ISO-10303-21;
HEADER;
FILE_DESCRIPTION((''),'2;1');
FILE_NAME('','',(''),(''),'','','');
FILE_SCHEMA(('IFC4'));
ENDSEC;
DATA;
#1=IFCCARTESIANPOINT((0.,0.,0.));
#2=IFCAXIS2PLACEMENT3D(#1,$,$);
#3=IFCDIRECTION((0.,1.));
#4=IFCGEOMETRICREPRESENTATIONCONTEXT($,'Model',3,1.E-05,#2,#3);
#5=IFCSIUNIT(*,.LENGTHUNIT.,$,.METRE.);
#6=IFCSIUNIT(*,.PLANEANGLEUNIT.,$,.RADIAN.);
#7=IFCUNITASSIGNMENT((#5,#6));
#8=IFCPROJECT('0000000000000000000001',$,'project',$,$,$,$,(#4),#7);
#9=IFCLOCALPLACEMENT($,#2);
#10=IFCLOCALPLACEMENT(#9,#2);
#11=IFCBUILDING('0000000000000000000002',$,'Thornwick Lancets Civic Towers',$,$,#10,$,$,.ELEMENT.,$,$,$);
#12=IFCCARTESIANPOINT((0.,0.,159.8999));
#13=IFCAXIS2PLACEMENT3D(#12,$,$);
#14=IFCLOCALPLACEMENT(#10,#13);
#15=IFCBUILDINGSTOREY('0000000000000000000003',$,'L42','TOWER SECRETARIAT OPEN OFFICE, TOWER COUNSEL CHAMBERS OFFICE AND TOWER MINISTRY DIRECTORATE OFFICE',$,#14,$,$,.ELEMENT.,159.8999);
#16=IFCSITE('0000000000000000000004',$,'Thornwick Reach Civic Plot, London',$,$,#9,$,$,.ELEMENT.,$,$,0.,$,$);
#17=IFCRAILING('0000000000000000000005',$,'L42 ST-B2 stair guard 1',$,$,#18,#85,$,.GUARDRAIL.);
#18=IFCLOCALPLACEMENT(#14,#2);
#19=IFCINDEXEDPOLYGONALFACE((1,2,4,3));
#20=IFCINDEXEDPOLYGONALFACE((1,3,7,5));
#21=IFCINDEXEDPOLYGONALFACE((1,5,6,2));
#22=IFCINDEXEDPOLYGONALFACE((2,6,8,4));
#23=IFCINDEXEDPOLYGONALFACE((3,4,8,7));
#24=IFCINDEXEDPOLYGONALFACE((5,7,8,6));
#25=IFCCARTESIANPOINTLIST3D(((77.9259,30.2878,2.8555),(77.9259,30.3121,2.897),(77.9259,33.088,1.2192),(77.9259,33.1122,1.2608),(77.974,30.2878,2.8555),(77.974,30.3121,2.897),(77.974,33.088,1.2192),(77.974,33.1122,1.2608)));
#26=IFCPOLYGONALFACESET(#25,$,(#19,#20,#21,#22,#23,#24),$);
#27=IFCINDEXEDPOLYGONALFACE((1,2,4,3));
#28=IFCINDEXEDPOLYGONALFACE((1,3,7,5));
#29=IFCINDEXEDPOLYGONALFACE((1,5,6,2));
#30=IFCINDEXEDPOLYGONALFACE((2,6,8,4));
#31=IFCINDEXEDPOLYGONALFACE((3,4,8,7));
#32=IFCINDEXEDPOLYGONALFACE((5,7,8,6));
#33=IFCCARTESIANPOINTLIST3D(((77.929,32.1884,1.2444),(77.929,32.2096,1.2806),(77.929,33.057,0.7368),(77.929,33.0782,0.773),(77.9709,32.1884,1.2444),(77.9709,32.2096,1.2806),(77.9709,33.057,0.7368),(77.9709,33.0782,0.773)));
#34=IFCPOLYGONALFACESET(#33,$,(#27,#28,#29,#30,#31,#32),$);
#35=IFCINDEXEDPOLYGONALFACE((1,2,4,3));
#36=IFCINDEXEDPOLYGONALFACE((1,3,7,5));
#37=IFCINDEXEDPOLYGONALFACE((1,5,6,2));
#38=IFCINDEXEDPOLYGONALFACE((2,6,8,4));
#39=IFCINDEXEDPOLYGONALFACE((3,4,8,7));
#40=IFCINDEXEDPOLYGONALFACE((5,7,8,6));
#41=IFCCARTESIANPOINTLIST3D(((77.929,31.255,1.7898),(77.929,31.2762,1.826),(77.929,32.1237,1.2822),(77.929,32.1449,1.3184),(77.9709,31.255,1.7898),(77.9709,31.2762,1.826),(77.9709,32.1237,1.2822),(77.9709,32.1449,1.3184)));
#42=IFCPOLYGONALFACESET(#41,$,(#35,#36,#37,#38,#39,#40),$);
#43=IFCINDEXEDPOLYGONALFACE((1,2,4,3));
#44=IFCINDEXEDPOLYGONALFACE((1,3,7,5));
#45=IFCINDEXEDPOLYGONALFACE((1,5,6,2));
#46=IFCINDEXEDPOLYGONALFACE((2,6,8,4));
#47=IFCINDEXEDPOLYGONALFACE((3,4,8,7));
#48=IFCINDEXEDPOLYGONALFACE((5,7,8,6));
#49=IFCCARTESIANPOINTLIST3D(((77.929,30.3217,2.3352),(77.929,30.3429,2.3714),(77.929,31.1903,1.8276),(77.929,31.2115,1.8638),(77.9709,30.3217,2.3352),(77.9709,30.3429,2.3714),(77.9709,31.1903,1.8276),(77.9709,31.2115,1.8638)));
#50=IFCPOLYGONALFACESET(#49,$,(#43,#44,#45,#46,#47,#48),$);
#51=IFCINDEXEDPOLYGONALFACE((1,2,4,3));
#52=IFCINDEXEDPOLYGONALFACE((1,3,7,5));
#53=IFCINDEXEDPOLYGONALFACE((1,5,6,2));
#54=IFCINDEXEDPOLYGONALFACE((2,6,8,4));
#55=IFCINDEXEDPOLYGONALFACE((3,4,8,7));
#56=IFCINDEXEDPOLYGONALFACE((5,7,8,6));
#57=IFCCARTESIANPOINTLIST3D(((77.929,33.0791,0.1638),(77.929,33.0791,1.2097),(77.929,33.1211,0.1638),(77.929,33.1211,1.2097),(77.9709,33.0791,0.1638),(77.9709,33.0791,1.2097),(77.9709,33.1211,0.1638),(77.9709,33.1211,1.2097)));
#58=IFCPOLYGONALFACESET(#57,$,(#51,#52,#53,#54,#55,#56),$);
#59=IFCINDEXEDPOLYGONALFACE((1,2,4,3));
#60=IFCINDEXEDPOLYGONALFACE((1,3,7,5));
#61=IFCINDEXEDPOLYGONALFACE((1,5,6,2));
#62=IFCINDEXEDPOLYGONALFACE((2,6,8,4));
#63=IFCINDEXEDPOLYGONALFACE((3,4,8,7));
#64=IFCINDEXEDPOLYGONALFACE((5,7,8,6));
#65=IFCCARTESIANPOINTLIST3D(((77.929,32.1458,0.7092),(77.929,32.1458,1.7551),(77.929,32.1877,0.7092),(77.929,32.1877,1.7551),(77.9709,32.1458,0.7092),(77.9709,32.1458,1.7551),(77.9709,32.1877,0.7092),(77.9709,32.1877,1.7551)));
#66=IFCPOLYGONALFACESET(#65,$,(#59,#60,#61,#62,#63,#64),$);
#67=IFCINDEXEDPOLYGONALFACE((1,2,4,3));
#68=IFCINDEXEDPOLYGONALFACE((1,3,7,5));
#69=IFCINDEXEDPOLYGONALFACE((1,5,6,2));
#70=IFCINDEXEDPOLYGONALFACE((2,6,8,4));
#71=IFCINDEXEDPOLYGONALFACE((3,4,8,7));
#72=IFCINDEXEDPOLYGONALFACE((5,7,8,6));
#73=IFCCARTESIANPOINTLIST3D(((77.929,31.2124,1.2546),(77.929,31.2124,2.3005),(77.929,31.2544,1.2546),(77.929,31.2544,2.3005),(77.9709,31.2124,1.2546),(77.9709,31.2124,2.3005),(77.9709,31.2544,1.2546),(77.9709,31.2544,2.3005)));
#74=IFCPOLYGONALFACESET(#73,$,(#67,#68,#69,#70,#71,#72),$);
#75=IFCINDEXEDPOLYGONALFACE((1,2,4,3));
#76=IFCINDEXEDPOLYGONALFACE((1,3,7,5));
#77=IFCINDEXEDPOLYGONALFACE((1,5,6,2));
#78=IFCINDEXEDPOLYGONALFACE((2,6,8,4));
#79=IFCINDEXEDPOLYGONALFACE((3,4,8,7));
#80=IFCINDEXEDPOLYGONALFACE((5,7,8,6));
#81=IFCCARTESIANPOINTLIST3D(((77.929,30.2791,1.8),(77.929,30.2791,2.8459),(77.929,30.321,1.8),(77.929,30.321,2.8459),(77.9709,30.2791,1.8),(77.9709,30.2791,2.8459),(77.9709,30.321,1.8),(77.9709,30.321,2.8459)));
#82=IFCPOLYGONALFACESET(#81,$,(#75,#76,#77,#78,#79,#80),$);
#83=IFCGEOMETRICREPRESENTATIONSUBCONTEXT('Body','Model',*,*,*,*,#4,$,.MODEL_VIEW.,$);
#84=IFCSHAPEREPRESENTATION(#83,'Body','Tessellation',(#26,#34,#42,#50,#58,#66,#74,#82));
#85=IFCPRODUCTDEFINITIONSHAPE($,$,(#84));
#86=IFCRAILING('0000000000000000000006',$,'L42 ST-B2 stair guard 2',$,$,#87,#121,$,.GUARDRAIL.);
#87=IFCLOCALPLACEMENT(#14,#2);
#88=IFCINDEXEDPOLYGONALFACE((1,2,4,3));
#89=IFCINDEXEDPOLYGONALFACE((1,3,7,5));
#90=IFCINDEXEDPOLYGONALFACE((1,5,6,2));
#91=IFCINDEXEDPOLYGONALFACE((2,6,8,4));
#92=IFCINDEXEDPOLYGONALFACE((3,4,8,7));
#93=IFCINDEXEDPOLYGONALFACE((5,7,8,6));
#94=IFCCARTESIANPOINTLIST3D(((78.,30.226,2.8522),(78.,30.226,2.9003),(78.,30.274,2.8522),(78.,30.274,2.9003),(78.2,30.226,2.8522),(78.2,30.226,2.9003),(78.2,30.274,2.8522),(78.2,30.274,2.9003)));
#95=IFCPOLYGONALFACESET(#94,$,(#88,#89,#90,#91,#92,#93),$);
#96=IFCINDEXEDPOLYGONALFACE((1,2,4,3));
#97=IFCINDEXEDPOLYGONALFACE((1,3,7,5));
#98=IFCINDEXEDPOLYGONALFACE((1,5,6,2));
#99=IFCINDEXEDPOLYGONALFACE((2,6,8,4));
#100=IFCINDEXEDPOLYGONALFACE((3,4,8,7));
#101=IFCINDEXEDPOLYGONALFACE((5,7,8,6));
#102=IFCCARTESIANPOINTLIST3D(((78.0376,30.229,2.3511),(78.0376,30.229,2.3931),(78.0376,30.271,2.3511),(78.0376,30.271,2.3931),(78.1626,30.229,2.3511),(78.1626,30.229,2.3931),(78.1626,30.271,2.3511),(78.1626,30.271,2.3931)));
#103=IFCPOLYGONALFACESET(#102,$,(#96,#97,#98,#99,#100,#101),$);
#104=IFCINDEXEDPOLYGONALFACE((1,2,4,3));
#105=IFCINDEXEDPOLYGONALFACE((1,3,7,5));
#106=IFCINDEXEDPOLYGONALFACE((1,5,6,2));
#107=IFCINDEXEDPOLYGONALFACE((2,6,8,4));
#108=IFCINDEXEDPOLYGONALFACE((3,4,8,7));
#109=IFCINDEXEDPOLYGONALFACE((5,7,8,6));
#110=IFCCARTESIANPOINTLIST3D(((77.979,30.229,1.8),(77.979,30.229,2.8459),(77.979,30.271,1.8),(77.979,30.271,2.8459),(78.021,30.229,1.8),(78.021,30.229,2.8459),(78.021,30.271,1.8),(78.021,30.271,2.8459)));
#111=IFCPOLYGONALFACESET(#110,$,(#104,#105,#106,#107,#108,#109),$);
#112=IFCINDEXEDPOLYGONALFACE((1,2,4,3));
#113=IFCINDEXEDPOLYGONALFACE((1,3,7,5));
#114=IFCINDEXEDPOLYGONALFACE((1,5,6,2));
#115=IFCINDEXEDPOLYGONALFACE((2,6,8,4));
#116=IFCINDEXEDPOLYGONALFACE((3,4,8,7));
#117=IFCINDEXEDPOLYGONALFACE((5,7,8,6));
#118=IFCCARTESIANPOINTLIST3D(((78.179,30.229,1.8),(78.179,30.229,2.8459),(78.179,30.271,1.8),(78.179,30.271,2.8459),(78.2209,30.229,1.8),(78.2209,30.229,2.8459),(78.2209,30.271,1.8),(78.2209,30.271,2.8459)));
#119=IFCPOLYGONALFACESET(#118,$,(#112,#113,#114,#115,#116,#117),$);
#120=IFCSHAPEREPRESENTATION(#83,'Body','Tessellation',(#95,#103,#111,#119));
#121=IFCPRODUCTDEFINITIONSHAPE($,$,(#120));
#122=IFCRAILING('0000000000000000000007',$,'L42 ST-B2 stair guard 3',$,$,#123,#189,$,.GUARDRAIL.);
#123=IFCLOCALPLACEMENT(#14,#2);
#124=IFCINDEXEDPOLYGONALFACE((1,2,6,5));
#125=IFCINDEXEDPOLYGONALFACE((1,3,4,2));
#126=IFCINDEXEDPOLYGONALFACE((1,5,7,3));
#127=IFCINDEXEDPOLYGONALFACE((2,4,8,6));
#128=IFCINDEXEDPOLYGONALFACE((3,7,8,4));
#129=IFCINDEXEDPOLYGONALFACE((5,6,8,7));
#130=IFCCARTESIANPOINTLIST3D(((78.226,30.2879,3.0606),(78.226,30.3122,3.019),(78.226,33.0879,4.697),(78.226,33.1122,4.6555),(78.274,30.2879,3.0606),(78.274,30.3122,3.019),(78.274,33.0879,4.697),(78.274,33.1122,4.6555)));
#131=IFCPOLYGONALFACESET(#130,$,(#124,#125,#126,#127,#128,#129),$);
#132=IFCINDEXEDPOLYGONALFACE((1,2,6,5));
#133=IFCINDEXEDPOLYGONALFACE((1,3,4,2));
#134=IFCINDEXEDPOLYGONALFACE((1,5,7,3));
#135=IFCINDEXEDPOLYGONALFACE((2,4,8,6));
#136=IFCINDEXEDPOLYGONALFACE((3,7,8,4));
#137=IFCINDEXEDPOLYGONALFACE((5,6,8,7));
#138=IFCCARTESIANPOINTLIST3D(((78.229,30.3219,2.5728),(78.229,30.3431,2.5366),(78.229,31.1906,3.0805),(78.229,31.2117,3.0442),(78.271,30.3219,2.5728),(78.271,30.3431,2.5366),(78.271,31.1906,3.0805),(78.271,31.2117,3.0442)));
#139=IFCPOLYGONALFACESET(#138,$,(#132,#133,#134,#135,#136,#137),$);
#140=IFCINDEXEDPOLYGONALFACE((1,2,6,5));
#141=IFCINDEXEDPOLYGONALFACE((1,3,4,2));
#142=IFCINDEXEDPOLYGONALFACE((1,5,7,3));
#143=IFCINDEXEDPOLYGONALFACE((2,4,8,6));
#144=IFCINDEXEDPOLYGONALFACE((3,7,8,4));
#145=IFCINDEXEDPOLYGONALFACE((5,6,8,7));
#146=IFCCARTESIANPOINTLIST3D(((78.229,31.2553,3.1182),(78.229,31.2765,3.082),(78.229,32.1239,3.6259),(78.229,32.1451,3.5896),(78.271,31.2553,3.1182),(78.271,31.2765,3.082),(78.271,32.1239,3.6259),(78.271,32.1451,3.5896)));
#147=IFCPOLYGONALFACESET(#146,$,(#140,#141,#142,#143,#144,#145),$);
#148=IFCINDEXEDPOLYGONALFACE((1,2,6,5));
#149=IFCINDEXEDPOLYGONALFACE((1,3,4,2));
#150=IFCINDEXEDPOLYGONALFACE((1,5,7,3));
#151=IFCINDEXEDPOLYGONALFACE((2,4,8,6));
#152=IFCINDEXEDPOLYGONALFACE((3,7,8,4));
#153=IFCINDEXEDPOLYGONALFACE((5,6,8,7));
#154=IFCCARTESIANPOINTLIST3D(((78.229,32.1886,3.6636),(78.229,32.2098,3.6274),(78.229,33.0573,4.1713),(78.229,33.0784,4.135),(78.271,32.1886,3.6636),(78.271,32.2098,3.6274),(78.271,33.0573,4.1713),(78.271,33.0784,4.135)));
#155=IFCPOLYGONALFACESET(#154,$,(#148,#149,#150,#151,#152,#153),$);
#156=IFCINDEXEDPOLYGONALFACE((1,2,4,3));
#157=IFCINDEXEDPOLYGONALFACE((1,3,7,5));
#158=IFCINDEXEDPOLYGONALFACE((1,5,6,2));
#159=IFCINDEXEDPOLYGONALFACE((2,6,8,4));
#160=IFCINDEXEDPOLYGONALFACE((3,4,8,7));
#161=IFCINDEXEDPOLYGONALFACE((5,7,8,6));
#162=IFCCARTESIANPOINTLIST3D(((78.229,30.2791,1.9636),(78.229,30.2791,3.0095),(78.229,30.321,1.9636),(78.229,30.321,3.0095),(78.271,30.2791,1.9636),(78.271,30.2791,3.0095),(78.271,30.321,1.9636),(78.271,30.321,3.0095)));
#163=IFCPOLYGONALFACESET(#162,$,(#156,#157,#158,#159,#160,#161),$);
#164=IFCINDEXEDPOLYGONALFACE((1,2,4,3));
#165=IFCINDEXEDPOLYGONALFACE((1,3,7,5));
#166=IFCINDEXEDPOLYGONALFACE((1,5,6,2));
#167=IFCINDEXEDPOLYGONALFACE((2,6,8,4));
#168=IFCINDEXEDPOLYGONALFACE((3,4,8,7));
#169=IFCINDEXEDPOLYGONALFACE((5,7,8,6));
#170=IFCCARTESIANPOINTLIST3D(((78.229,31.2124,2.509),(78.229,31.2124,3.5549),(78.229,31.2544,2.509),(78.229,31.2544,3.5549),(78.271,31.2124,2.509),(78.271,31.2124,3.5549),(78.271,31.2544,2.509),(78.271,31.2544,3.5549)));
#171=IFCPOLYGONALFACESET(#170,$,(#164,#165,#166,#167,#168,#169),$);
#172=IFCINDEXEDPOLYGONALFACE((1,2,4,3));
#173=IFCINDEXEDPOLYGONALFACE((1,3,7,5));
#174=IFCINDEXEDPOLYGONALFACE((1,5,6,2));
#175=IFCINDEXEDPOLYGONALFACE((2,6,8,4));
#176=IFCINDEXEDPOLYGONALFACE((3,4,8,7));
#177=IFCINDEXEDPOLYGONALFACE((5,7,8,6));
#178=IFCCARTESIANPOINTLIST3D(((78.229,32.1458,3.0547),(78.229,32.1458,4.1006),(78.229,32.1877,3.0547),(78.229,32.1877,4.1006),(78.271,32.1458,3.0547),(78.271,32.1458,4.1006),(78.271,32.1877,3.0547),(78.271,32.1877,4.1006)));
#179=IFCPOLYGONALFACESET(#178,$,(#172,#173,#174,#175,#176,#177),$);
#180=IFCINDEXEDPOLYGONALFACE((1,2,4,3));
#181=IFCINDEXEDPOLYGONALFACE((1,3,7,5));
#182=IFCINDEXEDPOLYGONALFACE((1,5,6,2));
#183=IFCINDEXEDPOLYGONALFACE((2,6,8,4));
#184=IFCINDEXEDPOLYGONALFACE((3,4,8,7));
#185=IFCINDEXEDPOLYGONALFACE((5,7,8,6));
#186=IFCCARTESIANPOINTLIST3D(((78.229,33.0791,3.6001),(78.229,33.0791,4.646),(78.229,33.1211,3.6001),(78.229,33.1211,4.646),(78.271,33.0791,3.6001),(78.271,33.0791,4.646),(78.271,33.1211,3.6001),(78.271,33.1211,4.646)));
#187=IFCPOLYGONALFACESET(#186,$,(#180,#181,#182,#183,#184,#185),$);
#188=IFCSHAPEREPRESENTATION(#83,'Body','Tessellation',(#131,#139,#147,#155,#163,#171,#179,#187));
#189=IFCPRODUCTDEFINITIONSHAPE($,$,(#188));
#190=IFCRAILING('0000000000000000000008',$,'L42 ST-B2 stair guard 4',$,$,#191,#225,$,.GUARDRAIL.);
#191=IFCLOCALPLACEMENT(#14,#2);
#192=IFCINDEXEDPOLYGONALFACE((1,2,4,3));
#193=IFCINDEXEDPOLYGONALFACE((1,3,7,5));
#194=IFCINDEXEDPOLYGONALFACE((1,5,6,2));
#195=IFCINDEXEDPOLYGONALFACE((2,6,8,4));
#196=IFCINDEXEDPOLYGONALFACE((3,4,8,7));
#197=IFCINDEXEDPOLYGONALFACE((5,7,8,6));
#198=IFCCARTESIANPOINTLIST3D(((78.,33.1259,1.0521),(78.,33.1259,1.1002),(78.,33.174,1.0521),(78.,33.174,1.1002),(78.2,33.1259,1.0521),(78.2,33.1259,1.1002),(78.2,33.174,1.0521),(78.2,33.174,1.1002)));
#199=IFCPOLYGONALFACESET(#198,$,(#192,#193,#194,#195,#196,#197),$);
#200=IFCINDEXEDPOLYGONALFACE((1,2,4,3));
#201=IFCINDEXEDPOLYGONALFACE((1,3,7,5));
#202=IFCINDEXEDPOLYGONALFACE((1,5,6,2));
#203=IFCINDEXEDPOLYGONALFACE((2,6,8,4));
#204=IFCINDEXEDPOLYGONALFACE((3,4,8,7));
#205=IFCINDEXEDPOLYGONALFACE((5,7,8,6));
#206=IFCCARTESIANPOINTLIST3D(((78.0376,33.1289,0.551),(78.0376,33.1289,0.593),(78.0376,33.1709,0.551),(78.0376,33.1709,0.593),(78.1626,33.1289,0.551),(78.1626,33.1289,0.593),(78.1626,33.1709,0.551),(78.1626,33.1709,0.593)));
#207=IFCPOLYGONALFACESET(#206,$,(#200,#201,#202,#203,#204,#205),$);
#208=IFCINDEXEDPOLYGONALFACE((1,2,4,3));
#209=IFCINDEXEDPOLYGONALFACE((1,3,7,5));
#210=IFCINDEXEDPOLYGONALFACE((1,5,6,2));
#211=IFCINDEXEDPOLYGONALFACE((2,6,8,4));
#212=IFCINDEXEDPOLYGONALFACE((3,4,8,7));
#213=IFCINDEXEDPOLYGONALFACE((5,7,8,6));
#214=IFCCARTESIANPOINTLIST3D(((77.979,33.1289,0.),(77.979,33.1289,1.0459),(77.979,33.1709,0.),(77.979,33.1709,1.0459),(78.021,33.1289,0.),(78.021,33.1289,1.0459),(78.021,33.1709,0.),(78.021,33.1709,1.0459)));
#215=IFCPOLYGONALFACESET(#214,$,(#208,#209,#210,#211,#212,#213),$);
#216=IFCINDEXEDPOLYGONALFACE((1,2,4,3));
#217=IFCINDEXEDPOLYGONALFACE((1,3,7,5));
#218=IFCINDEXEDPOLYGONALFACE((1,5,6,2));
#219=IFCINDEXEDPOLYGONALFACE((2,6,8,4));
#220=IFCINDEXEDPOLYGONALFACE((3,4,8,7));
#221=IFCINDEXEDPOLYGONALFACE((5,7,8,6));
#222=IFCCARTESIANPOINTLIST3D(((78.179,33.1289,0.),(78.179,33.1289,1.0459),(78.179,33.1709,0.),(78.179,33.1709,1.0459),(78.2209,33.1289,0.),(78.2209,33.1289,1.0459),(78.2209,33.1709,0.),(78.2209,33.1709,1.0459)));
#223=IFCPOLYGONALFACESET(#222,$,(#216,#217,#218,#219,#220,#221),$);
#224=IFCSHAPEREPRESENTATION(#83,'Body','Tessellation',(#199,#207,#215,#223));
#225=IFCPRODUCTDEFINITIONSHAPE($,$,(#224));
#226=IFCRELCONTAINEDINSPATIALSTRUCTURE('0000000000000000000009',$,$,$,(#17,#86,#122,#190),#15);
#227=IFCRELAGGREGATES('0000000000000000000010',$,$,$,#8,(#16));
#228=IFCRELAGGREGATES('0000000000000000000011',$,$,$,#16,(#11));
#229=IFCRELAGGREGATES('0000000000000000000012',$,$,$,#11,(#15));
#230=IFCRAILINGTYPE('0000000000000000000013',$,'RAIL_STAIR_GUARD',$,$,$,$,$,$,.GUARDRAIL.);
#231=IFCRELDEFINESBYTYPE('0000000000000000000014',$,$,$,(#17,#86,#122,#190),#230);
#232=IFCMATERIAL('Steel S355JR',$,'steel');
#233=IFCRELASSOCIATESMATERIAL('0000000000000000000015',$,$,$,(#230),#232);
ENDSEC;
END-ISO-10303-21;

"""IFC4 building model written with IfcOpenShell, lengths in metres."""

from ifc_helpers import new_model, si_unit, direction, frame, origin, origin_2d, place, context, subcontext, project, spatial, rectangle, extrude, material, type_object, element, save


model = new_model("IFC4")

# Units and contexts
model_context = context("Model", 3, precision=1e-05, world=origin(), true_north=direction((0.0, 1.0)))
body_context = subcontext(model_context, "Body", "Model", "MODEL_VIEW")
ifc_project = project(units=[si_unit("LENGTHUNIT", "METRE"), si_unit("PLANEANGLEUNIT", "RADIAN")], contexts=[model_context])

# Site, building, storey
site_placement = place(None, origin())
site = spatial("IfcSite", under=ifc_project, at=site_placement, Name="Thornwick Reach Civic Plot, London", CompositionType="ELEMENT", RefElevation=0.0)
building_placement = place(site_placement, origin())
building = spatial("IfcBuilding", under=site, at=building_placement, Name="Thornwick Lancets Civic Towers", CompositionType="ELEMENT")
storey_placement = place(building_placement, frame((0.0, 0.0, 159.8999)))
storey = spatial("IfcBuildingStorey", under=building, at=storey_placement, Name="L42", Description="TOWER SECRETARIAT OPEN OFFICE, TOWER COUNSEL CHAMBERS OFFICE AND TOWER MINISTRY DIRECTORATE OFFICE", CompositionType="ELEMENT", Elevation=159.8999)

# Shared definitions
ifc_material_1 = material(Name="Steel S355JR", Category="steel")

# Railings
railing_type_1 = type_object("IfcRailingType", Name="RAIL_STAIR_GUARD", PredefinedType="GUARDRAIL", material=ifc_material_1)
railing_1_placement = place(storey_placement, frame((77.95, 33.1001, 0.1638)))
element("IfcRailing", 1, at=railing_1_placement, inside=storey, type_object=railing_type_1, Name="L42 ST-B2 stair guard 1", PredefinedType="GUARDRAIL", context=body_context, shape_type="SweptSolid", body=[
    extrude(rectangle(XDim=0.0481, YDim=0.0481, at=origin_2d()), frame((0.0, 0.0, 1.0762), z_axis=(0.0, -0.863394, 0.504531), x_axis=(1.0, 0.0, 0.0)), (0.0, 0.0, 1.0), 3.2432),
    extrude(rectangle(XDim=0.042, YDim=0.042, at=origin_2d()), frame((0.0, -0.0325, 0.5911), z_axis=(0.0, -0.863394, 0.504531), x_axis=(1.0, 0.0, 0.0)), (0.0, 0.0, 1.0), 1.0061),
    extrude(rectangle(XDim=0.042, YDim=0.042, at=origin_2d()), frame((0.0, -0.9658, 1.1365), z_axis=(0.0, -0.863394, 0.504531), x_axis=(1.0, 0.0, 0.0)), (0.0, 0.0, 1.0), 1.0061),
    extrude(rectangle(XDim=0.042, YDim=0.042, at=origin_2d()), frame((0.0, -1.8992, 1.6819), z_axis=(0.0, -0.863394, 0.504531), x_axis=(1.0, 0.0, 0.0)), (0.0, 0.0, 1.0), 1.0061),
    extrude(rectangle(XDim=0.042, YDim=0.042, at=origin_2d()), origin(), (0.0, 0.0, 1.0), 1.0459),
    extrude(rectangle(XDim=0.042, YDim=0.042, at=origin_2d()), frame((0.0, -0.9333, 0.5454)), (0.0, 0.0, 1.0), 1.0459),
    extrude(rectangle(XDim=0.042, YDim=0.042, at=origin_2d()), frame((0.0, -1.8667, 1.0908)), (0.0, 0.0, 1.0), 1.0459),
    extrude(rectangle(XDim=0.042, YDim=0.042, at=origin_2d()), frame((0.0, -2.8, 1.6362)), (0.0, 0.0, 1.0), 1.0459),
])
railing_2_placement = place(storey_placement, frame((78.0, 30.25, 1.8)))
element("IfcRailing", 2, at=railing_2_placement, inside=storey, type_object=railing_type_1, Name="L42 ST-B2 stair guard 2", PredefinedType="GUARDRAIL", context=body_context, shape_type="SweptSolid", body=[
    extrude(rectangle(XDim=0.0481, YDim=0.0481, at=origin_2d()), frame((0.0, 0.0, 1.0762), z_axis=(1.0, 0.0, 0.0), x_axis=(0.0, 1.0, 0.0)), (0.0, 0.0, 1.0), 0.2),
    extrude(rectangle(XDim=0.042, YDim=0.042, at=origin_2d()), frame((0.0376, 0.0, 0.572), z_axis=(1.0, 0.0, 0.0), x_axis=(0.0, 1.0, 0.0)), (0.0, 0.0, 1.0), 0.125),
    extrude(rectangle(XDim=0.042, YDim=0.042, at=origin_2d()), origin(), (0.0, 0.0, 1.0), 1.0459),
    extrude(rectangle(XDim=0.042, YDim=0.042, at=origin_2d()), frame((0.2, 0.0, 0.0)), (0.0, 0.0, 1.0), 1.0459),
])
railing_3_placement = place(storey_placement, frame((78.25, 30.3, 1.9636)))
element("IfcRailing", 3, at=railing_3_placement, inside=storey, type_object=railing_type_1, Name="L42 ST-B2 stair guard 3", PredefinedType="GUARDRAIL", context=body_context, shape_type="SweptSolid", body=[
    extrude(rectangle(XDim=0.0481, YDim=0.0481, at=origin_2d()), frame((0.0, 0.0, 1.0762), z_axis=(0.0, 0.863361, 0.504587), x_axis=(-1.0, 0.0, 0.0)), (0.0, 0.0, 1.0), 3.2432),
    extrude(rectangle(XDim=0.042, YDim=0.042, at=origin_2d()), frame((0.0, 0.0325, 0.5911), z_axis=(0.0, 0.863361, 0.504587), x_axis=(-1.0, 0.0, 0.0)), (0.0, 0.0, 1.0), 1.0061),
    extrude(rectangle(XDim=0.042, YDim=0.042, at=origin_2d()), frame((0.0, 0.9658, 1.1365), z_axis=(0.0, 0.863361, 0.504587), x_axis=(-1.0, 0.0, 0.0)), (0.0, 0.0, 1.0), 1.0061),
    extrude(rectangle(XDim=0.042, YDim=0.042, at=origin_2d()), frame((0.0, 1.8992, 1.6819), z_axis=(0.0, 0.863361, 0.504587), x_axis=(-1.0, 0.0, 0.0)), (0.0, 0.0, 1.0), 1.0061),
    extrude(rectangle(XDim=0.042, YDim=0.042, at=origin_2d()), origin(), (0.0, 0.0, 1.0), 1.0459),
    extrude(rectangle(XDim=0.042, YDim=0.042, at=origin_2d()), frame((0.0, 0.9333, 0.5454)), (0.0, 0.0, 1.0), 1.0459),
    extrude(rectangle(XDim=0.042, YDim=0.042, at=origin_2d()), frame((0.0, 1.8667, 1.0911)), (0.0, 0.0, 1.0), 1.0459),
    extrude(rectangle(XDim=0.042, YDim=0.042, at=origin_2d()), frame((0.0, 2.8, 1.6365)), (0.0, 0.0, 1.0), 1.0459),
])
railing_4_placement = place(storey_placement, frame((78.0, 33.1499, 0.0)))
element("IfcRailing", 4, at=railing_4_placement, inside=storey, type_object=railing_type_1, Name="L42 ST-B2 stair guard 4", PredefinedType="GUARDRAIL", context=body_context, shape_type="SweptSolid", body=[
    extrude(rectangle(XDim=0.0481, YDim=0.0481, at=origin_2d()), frame((0.0, 0.0, 1.0762), z_axis=(1.0, 0.0, 0.0), x_axis=(0.0, 1.0, 0.0)), (0.0, 0.0, 1.0), 0.2),
    extrude(rectangle(XDim=0.042, YDim=0.042, at=origin_2d()), frame((0.0376, 0.0, 0.572), z_axis=(1.0, 0.0, 0.0), x_axis=(0.0, 1.0, 0.0)), (0.0, 0.0, 1.0), 0.125),
    extrude(rectangle(XDim=0.042, YDim=0.042, at=origin_2d()), origin(), (0.0, 0.0, 1.0), 1.0459),
    extrude(rectangle(XDim=0.042, YDim=0.042, at=origin_2d()), frame((0.2, 0.0, 0.0)), (0.0, 0.0, 1.0), 1.0459),
])

save(model, "model.ifc")
